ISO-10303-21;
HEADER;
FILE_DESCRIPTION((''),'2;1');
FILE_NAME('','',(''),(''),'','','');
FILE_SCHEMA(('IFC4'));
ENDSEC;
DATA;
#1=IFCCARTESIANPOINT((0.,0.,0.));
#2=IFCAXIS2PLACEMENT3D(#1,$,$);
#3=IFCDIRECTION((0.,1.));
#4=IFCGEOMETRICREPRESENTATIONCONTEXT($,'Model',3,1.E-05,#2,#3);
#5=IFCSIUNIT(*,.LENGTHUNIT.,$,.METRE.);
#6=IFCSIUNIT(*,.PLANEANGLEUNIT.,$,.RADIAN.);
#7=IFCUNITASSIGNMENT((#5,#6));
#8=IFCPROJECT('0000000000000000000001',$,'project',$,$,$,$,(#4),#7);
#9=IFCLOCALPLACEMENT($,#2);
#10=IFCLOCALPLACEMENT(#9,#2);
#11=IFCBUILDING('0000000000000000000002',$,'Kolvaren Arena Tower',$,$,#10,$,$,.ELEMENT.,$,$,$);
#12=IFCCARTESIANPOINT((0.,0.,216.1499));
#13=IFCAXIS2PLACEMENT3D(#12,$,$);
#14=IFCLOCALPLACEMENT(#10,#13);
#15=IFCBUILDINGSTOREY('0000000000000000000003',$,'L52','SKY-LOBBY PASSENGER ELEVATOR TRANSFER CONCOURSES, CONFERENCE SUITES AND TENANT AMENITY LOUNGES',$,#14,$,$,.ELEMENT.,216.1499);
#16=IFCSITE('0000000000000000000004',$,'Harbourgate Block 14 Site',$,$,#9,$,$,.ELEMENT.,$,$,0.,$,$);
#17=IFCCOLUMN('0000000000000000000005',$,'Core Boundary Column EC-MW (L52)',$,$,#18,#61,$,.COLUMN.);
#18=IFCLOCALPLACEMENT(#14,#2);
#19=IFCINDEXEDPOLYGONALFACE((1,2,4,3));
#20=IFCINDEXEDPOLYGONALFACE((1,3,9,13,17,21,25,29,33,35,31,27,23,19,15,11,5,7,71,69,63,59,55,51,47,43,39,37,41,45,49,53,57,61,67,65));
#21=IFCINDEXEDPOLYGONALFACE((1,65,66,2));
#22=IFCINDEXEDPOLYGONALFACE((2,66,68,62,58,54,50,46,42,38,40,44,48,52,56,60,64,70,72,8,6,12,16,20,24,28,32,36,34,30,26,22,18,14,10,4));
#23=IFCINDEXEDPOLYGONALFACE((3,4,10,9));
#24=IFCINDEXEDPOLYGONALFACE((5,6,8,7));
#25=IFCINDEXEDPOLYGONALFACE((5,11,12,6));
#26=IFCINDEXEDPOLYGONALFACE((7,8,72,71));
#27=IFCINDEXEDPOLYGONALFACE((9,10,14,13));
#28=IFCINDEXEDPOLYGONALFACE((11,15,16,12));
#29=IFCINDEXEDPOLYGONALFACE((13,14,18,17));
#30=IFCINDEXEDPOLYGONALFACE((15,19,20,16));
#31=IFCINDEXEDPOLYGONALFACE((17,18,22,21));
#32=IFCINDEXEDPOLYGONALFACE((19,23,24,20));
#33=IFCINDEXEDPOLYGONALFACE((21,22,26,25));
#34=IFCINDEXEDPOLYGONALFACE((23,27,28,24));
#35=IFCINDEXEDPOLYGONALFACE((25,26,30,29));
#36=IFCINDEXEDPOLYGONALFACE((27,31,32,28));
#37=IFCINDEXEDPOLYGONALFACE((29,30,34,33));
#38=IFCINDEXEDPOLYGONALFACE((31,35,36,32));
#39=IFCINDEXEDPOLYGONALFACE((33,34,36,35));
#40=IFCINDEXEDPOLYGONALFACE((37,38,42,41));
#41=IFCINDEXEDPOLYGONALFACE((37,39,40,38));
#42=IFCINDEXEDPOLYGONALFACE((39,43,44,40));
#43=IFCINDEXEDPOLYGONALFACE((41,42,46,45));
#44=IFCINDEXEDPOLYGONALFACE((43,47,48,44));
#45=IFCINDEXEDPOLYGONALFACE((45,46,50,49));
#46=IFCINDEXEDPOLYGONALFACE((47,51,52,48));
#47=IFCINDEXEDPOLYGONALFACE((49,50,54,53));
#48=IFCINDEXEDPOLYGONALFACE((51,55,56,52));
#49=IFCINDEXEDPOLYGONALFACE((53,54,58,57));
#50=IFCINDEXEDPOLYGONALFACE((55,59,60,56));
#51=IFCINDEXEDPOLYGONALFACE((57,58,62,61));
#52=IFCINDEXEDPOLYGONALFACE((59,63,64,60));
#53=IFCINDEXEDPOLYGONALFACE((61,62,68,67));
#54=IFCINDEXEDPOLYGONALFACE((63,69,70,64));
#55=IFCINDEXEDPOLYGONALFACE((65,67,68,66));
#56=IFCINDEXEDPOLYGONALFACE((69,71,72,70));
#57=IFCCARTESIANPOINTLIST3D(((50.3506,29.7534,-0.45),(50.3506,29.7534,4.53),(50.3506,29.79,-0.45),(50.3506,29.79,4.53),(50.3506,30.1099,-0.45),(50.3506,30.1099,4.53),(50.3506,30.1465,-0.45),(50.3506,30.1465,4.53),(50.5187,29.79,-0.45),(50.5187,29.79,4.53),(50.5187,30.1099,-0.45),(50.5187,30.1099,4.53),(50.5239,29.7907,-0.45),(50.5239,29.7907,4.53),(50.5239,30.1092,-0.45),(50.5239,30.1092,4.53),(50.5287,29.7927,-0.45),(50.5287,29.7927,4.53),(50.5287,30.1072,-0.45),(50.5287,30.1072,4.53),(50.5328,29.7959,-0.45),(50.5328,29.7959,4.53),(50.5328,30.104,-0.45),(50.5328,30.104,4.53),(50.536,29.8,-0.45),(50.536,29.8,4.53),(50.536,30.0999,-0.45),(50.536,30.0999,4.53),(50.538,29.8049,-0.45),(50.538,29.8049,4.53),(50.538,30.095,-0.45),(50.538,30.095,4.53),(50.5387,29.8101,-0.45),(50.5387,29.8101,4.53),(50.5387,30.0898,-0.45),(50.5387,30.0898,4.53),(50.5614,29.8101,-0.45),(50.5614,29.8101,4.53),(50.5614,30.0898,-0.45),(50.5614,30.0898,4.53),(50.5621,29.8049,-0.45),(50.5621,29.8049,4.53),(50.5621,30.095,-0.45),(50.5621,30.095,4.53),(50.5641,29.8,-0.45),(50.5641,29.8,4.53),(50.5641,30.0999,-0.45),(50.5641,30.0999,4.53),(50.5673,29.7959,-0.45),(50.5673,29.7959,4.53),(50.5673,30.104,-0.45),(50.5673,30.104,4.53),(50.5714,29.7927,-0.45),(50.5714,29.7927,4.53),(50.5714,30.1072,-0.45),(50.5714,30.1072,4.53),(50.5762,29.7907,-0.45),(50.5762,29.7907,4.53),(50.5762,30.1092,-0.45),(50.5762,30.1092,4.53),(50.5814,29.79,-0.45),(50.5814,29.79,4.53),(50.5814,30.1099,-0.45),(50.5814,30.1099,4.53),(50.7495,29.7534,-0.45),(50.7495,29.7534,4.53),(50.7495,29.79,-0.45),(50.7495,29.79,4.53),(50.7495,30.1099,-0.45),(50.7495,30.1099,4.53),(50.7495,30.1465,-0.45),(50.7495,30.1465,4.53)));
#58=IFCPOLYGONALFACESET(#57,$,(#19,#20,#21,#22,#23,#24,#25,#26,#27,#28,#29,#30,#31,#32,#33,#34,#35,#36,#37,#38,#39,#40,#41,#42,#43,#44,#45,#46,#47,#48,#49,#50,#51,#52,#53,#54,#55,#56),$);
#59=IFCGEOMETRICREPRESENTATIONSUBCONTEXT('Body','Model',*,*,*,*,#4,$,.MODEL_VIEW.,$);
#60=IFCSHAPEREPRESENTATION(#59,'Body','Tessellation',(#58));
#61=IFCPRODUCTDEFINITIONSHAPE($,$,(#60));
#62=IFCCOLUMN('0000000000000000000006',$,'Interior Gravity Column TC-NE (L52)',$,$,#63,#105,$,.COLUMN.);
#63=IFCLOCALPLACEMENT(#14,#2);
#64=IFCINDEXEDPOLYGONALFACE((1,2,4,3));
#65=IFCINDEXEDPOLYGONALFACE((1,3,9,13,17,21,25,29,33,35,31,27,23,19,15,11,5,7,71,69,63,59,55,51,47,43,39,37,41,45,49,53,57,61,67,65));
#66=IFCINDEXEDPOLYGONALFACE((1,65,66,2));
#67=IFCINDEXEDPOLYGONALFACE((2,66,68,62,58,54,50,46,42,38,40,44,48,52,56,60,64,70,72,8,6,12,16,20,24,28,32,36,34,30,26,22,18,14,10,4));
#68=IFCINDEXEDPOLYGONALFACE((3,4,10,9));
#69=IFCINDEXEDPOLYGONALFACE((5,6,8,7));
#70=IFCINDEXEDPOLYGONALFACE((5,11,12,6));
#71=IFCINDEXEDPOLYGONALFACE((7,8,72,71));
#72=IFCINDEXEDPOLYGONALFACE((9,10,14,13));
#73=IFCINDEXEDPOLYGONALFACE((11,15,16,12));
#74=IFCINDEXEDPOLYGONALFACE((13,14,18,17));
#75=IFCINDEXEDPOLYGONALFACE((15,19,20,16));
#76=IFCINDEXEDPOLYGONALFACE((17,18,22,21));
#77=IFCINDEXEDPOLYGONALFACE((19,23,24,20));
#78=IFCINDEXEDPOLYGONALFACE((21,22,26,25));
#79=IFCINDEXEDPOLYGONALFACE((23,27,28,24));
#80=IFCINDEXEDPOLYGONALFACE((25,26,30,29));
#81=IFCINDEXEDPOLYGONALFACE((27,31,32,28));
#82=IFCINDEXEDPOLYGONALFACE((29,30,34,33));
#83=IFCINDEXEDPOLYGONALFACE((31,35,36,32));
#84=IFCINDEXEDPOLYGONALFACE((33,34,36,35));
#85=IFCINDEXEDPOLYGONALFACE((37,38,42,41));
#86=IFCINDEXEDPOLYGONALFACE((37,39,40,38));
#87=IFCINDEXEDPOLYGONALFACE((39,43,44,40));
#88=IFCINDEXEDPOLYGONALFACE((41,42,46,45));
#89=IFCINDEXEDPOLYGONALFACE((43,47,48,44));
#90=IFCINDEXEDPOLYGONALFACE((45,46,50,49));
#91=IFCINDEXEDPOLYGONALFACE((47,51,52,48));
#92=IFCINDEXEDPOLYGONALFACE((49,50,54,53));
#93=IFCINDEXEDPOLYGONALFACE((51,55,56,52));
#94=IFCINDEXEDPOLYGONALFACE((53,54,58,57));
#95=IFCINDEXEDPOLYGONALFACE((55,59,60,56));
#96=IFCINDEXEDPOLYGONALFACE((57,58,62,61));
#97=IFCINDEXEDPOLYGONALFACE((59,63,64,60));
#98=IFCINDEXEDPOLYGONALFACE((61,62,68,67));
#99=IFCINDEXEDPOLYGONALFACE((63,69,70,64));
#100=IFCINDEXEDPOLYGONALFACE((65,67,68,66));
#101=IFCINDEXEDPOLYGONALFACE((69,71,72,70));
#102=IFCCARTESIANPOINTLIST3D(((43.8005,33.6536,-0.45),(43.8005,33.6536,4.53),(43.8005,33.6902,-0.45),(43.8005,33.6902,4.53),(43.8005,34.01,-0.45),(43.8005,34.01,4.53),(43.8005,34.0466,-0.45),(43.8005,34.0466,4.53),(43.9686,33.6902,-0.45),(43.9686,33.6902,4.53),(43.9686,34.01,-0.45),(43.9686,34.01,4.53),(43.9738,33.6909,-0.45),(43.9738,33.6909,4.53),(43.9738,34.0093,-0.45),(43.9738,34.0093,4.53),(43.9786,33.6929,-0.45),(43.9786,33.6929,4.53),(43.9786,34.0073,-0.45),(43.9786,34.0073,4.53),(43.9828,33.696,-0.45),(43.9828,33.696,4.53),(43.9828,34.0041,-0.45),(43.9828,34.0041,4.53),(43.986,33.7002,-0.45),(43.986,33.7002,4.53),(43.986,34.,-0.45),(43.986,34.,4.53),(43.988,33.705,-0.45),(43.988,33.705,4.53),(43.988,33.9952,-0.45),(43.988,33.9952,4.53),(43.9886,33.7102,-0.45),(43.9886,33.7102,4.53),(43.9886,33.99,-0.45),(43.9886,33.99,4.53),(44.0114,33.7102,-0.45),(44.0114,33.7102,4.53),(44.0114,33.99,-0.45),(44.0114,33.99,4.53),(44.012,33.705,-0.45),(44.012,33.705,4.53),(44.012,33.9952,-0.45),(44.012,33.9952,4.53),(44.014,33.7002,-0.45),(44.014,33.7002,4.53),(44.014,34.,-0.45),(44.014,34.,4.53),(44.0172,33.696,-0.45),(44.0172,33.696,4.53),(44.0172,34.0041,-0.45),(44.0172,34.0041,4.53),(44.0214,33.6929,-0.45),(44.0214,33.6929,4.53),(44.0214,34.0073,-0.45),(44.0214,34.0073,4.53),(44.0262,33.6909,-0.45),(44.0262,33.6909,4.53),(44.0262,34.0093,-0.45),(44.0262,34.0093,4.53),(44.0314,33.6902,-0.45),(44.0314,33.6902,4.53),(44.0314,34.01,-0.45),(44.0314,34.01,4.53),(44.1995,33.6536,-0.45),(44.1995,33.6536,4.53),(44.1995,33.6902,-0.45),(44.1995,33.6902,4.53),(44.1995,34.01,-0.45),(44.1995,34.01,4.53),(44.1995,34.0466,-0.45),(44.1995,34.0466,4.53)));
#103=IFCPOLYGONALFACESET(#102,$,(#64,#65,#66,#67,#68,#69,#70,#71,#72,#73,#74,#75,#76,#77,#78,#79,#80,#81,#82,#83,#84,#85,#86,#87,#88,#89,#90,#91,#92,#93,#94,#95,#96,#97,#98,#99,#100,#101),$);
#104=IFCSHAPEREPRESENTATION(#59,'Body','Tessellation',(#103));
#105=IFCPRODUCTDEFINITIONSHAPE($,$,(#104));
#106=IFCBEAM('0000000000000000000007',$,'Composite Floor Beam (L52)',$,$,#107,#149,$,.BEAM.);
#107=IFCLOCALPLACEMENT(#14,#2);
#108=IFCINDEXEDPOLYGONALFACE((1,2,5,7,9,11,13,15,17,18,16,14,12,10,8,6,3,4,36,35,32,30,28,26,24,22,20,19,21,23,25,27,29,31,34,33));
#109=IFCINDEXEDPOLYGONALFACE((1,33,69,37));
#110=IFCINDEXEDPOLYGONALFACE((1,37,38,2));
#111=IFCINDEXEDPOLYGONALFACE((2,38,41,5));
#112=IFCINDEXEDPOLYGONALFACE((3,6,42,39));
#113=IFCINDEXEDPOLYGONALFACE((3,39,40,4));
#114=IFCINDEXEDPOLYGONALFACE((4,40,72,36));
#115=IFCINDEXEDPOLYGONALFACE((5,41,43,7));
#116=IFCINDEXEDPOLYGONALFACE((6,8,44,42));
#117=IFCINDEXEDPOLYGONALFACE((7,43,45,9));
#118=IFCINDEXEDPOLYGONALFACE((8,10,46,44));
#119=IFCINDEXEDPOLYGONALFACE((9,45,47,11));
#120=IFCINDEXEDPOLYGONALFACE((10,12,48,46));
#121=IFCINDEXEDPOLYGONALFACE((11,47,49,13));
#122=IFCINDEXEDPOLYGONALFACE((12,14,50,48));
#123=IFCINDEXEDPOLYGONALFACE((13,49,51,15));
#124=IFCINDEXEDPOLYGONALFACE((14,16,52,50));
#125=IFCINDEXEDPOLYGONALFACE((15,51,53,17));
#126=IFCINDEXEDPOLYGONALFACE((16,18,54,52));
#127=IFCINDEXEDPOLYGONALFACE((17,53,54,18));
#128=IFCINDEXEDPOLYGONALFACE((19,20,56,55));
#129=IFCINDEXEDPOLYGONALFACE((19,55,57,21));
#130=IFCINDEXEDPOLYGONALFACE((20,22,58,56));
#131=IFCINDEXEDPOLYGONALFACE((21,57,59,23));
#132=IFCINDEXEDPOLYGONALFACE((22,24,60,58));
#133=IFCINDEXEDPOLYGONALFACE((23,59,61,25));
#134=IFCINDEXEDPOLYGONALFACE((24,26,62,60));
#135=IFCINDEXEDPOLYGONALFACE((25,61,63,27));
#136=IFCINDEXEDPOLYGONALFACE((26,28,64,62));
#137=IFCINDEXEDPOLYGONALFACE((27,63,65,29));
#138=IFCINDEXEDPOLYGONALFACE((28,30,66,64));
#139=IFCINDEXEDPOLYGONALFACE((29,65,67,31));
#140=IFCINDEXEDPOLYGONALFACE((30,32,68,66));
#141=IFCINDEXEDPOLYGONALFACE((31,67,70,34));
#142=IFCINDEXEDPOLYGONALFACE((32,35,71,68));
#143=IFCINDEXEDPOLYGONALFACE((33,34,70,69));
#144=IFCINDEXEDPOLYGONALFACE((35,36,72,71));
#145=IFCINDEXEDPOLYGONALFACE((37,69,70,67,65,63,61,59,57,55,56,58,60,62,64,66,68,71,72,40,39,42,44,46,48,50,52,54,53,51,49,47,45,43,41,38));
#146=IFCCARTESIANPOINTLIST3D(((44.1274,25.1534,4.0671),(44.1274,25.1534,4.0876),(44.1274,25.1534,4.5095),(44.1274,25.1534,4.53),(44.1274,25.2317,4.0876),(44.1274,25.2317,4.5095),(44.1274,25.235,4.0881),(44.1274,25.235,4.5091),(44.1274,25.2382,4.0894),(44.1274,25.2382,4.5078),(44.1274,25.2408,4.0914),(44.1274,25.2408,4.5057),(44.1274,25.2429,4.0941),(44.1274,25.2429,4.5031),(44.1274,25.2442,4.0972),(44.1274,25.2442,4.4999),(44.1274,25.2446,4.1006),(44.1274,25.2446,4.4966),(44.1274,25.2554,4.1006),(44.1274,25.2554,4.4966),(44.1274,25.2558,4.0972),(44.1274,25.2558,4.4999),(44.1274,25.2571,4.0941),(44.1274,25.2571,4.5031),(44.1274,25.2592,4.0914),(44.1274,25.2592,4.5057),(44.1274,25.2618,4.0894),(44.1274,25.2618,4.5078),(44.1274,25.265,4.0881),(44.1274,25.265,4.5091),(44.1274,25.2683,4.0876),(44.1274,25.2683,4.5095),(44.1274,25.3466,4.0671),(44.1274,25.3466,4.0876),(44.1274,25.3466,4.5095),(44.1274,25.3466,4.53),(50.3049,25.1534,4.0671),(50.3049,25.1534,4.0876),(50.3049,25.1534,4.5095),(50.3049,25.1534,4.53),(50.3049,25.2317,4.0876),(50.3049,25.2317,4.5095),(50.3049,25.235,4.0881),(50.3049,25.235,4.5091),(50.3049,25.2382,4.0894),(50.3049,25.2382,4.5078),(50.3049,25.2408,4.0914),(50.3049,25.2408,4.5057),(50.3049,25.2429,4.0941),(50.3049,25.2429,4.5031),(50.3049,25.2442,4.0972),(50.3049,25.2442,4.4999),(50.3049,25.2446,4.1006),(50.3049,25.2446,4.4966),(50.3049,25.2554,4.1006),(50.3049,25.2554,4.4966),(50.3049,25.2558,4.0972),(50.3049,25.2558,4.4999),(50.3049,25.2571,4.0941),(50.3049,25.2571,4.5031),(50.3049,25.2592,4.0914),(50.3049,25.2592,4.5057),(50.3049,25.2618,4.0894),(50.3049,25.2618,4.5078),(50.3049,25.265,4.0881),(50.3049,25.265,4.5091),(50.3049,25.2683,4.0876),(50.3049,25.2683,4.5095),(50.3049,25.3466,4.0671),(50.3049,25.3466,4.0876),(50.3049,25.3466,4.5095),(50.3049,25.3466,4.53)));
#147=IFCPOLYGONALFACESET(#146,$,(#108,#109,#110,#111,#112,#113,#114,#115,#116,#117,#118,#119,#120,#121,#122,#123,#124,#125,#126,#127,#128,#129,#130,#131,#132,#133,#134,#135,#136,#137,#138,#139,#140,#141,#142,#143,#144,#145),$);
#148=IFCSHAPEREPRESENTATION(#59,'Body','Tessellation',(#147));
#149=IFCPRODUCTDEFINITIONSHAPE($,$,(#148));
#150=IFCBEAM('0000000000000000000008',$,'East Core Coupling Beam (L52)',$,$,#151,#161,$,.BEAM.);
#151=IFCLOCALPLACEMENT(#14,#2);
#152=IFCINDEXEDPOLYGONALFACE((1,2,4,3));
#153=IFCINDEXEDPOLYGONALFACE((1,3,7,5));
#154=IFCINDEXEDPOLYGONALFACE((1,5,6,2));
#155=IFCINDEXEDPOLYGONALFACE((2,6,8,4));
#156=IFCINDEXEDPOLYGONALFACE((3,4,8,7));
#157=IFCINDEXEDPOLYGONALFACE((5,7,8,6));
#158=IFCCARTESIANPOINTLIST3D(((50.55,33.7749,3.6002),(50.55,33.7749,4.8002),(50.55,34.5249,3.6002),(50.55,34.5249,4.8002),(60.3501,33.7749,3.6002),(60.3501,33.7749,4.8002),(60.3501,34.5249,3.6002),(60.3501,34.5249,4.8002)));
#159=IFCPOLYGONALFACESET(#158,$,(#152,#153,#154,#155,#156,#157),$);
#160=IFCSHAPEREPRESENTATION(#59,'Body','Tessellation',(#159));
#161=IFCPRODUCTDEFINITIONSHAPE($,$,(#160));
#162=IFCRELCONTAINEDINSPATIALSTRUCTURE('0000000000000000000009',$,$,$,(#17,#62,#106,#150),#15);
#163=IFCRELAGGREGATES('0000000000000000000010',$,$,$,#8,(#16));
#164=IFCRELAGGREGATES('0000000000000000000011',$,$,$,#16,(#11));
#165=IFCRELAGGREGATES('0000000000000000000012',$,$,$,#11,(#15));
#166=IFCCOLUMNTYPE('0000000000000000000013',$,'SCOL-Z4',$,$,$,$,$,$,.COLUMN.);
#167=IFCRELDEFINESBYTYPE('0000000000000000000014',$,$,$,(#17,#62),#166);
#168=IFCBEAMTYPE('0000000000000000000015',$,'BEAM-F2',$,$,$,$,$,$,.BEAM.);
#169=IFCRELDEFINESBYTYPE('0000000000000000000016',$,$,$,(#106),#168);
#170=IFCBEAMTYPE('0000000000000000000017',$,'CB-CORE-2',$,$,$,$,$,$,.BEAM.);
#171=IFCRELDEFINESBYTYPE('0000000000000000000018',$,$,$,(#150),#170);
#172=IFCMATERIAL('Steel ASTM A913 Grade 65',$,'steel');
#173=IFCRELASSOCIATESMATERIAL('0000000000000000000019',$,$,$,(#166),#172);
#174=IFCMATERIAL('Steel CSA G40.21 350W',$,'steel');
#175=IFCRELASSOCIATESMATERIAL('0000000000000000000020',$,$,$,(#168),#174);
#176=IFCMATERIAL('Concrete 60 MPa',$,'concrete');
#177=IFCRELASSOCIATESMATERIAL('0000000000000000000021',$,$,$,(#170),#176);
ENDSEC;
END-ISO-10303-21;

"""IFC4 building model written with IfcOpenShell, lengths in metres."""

from ifc_helpers import new_model, si_unit, direction, frame, origin, origin_2d, place, context, subcontext, project, spatial, rectangle, i_section, extrude, material, material_profile, profile_set, type_object, element, save


model = new_model("IFC4")

# Units and contexts
model_context = context("Model", 3, precision=1e-05, world=origin(), true_north=direction((0.0, 1.0)))
body_context = subcontext(model_context, "Body", "Model", "MODEL_VIEW")
ifc_project = project(units=[si_unit("LENGTHUNIT", "METRE"), si_unit("PLANEANGLEUNIT", "RADIAN")], contexts=[model_context])

# Site, building, storey
site_placement = place(None, origin())
site = spatial("IfcSite", under=ifc_project, at=site_placement, Name="Harbourgate Block 14 Site", CompositionType="ELEMENT", RefElevation=0.0)
building_placement = place(site_placement, origin())
building = spatial("IfcBuilding", under=site, at=building_placement, Name="Kolvaren Arena Tower", CompositionType="ELEMENT")
storey_placement = place(building_placement, frame((0.0, 0.0, 216.1499)))
storey = spatial("IfcBuildingStorey", under=building, at=storey_placement, Name="L52", Description="SKY-LOBBY PASSENGER ELEVATOR TRANSFER CONCOURSES, CONFERENCE SUITES AND TENANT AMENITY LOUNGES", CompositionType="ELEMENT", Elevation=216.1499)

# Columns
ifc_material_1 = material(Name="Steel ASTM A913 Grade 65", Category="steel")
ifc_material_profile_1 = material_profile(ifc_material_1, i_section(OverallWidth=0.3989, OverallDepth=0.3931, WebThickness=0.0227, FlangeThickness=0.0366, FilletRadius=0.02, at=origin_2d()), Name="W360x287")
ifc_profile_set_1 = profile_set([ifc_material_profile_1], Name="Steel ASTM A913 Grade 65")
column_type = type_object("IfcColumnType", Name="SCOL-Z4", PredefinedType="COLUMN", material=ifc_profile_set_1)
for number, where, z_axis, x_axis, name in (
    (1, (50.55, 29.95, -0.45), (0.0, 0.0, 1.0), (1.0, 0.0, 0.0), "Core Boundary Column EC-MW (L52)"),
    (2, (44.0, 33.8501, -0.45), (0.0, 0.0, 1.0), (1.0, 0.0, 0.0), "Interior Gravity Column TC-NE (L52)"),
):
    element("IfcColumn", number, at=place(storey_placement, frame(where, z_axis=z_axis, x_axis=x_axis)), inside=storey, type_object=column_type, Name=name, PredefinedType="COLUMN", context=body_context, shape_type="SweptSolid", body=[
        extrude(i_section(OverallWidth=0.3989, OverallDepth=0.3931, WebThickness=0.0227, FlangeThickness=0.0366, FilletRadius=0.02, at=origin_2d()), origin(), (0.0, 0.0, 1.0), 4.98),
    ])

# Beams
ifc_material_2 = material(Name="Steel CSA G40.21 350W", Category="steel")
ifc_material_profile_2 = material_profile(ifc_material_2, i_section(OverallWidth=0.1931, OverallDepth=0.4629, WebThickness=0.0107, FlangeThickness=0.0205, FilletRadius=0.0129, at=origin_2d()), Name="W460x113")
ifc_profile_set_2 = profile_set([ifc_material_profile_2], Name="Steel CSA G40.21 350W")
beam_type_1 = type_object("IfcBeamType", Name="BEAM-F2", PredefinedType="BEAM", material=ifc_profile_set_2)
beam_1_placement = place(storey_placement, frame((44.1274, 25.25, 4.2986), z_axis=(1.0, 0.0, 0.0), x_axis=(0.0, 1.0, 0.0)))
element("IfcBeam", 3, at=beam_1_placement, inside=storey, type_object=beam_type_1, Name="Composite Floor Beam (L52)", PredefinedType="BEAM", context=body_context, shape_type="SweptSolid", body=[
    extrude(i_section(OverallWidth=0.1931, OverallDepth=0.4629, WebThickness=0.0107, FlangeThickness=0.0205, FilletRadius=0.0129, at=origin_2d()), origin(), (0.0, 0.0, 1.0), 6.1775),
])
ifc_material_3 = material(Name="Concrete 60 MPa", Category="concrete")
ifc_material_profile_3 = material_profile(ifc_material_3, rectangle(XDim=0.75, YDim=1.2, at=origin_2d()), Name="RC-750x1200")
ifc_profile_set_3 = profile_set([ifc_material_profile_3], Name="Concrete 60 MPa")
beam_type_2 = type_object("IfcBeamType", Name="CB-CORE-2", PredefinedType="BEAM", material=ifc_profile_set_3)
beam_2_placement = place(storey_placement, frame((50.55, 34.1499, 4.2002), z_axis=(1.0, 0.0, 0.0), x_axis=(0.0, 1.0, 0.0)))
element("IfcBeam", 4, at=beam_2_placement, inside=storey, type_object=beam_type_2, Name="East Core Coupling Beam (L52)", PredefinedType="BEAM", context=body_context, shape_type="SweptSolid", body=[
    extrude(rectangle(XDim=0.75, YDim=1.2, at=origin_2d()), origin(), (0.0, 0.0, 1.0), 9.8),
])

save(model, "model.ifc")
